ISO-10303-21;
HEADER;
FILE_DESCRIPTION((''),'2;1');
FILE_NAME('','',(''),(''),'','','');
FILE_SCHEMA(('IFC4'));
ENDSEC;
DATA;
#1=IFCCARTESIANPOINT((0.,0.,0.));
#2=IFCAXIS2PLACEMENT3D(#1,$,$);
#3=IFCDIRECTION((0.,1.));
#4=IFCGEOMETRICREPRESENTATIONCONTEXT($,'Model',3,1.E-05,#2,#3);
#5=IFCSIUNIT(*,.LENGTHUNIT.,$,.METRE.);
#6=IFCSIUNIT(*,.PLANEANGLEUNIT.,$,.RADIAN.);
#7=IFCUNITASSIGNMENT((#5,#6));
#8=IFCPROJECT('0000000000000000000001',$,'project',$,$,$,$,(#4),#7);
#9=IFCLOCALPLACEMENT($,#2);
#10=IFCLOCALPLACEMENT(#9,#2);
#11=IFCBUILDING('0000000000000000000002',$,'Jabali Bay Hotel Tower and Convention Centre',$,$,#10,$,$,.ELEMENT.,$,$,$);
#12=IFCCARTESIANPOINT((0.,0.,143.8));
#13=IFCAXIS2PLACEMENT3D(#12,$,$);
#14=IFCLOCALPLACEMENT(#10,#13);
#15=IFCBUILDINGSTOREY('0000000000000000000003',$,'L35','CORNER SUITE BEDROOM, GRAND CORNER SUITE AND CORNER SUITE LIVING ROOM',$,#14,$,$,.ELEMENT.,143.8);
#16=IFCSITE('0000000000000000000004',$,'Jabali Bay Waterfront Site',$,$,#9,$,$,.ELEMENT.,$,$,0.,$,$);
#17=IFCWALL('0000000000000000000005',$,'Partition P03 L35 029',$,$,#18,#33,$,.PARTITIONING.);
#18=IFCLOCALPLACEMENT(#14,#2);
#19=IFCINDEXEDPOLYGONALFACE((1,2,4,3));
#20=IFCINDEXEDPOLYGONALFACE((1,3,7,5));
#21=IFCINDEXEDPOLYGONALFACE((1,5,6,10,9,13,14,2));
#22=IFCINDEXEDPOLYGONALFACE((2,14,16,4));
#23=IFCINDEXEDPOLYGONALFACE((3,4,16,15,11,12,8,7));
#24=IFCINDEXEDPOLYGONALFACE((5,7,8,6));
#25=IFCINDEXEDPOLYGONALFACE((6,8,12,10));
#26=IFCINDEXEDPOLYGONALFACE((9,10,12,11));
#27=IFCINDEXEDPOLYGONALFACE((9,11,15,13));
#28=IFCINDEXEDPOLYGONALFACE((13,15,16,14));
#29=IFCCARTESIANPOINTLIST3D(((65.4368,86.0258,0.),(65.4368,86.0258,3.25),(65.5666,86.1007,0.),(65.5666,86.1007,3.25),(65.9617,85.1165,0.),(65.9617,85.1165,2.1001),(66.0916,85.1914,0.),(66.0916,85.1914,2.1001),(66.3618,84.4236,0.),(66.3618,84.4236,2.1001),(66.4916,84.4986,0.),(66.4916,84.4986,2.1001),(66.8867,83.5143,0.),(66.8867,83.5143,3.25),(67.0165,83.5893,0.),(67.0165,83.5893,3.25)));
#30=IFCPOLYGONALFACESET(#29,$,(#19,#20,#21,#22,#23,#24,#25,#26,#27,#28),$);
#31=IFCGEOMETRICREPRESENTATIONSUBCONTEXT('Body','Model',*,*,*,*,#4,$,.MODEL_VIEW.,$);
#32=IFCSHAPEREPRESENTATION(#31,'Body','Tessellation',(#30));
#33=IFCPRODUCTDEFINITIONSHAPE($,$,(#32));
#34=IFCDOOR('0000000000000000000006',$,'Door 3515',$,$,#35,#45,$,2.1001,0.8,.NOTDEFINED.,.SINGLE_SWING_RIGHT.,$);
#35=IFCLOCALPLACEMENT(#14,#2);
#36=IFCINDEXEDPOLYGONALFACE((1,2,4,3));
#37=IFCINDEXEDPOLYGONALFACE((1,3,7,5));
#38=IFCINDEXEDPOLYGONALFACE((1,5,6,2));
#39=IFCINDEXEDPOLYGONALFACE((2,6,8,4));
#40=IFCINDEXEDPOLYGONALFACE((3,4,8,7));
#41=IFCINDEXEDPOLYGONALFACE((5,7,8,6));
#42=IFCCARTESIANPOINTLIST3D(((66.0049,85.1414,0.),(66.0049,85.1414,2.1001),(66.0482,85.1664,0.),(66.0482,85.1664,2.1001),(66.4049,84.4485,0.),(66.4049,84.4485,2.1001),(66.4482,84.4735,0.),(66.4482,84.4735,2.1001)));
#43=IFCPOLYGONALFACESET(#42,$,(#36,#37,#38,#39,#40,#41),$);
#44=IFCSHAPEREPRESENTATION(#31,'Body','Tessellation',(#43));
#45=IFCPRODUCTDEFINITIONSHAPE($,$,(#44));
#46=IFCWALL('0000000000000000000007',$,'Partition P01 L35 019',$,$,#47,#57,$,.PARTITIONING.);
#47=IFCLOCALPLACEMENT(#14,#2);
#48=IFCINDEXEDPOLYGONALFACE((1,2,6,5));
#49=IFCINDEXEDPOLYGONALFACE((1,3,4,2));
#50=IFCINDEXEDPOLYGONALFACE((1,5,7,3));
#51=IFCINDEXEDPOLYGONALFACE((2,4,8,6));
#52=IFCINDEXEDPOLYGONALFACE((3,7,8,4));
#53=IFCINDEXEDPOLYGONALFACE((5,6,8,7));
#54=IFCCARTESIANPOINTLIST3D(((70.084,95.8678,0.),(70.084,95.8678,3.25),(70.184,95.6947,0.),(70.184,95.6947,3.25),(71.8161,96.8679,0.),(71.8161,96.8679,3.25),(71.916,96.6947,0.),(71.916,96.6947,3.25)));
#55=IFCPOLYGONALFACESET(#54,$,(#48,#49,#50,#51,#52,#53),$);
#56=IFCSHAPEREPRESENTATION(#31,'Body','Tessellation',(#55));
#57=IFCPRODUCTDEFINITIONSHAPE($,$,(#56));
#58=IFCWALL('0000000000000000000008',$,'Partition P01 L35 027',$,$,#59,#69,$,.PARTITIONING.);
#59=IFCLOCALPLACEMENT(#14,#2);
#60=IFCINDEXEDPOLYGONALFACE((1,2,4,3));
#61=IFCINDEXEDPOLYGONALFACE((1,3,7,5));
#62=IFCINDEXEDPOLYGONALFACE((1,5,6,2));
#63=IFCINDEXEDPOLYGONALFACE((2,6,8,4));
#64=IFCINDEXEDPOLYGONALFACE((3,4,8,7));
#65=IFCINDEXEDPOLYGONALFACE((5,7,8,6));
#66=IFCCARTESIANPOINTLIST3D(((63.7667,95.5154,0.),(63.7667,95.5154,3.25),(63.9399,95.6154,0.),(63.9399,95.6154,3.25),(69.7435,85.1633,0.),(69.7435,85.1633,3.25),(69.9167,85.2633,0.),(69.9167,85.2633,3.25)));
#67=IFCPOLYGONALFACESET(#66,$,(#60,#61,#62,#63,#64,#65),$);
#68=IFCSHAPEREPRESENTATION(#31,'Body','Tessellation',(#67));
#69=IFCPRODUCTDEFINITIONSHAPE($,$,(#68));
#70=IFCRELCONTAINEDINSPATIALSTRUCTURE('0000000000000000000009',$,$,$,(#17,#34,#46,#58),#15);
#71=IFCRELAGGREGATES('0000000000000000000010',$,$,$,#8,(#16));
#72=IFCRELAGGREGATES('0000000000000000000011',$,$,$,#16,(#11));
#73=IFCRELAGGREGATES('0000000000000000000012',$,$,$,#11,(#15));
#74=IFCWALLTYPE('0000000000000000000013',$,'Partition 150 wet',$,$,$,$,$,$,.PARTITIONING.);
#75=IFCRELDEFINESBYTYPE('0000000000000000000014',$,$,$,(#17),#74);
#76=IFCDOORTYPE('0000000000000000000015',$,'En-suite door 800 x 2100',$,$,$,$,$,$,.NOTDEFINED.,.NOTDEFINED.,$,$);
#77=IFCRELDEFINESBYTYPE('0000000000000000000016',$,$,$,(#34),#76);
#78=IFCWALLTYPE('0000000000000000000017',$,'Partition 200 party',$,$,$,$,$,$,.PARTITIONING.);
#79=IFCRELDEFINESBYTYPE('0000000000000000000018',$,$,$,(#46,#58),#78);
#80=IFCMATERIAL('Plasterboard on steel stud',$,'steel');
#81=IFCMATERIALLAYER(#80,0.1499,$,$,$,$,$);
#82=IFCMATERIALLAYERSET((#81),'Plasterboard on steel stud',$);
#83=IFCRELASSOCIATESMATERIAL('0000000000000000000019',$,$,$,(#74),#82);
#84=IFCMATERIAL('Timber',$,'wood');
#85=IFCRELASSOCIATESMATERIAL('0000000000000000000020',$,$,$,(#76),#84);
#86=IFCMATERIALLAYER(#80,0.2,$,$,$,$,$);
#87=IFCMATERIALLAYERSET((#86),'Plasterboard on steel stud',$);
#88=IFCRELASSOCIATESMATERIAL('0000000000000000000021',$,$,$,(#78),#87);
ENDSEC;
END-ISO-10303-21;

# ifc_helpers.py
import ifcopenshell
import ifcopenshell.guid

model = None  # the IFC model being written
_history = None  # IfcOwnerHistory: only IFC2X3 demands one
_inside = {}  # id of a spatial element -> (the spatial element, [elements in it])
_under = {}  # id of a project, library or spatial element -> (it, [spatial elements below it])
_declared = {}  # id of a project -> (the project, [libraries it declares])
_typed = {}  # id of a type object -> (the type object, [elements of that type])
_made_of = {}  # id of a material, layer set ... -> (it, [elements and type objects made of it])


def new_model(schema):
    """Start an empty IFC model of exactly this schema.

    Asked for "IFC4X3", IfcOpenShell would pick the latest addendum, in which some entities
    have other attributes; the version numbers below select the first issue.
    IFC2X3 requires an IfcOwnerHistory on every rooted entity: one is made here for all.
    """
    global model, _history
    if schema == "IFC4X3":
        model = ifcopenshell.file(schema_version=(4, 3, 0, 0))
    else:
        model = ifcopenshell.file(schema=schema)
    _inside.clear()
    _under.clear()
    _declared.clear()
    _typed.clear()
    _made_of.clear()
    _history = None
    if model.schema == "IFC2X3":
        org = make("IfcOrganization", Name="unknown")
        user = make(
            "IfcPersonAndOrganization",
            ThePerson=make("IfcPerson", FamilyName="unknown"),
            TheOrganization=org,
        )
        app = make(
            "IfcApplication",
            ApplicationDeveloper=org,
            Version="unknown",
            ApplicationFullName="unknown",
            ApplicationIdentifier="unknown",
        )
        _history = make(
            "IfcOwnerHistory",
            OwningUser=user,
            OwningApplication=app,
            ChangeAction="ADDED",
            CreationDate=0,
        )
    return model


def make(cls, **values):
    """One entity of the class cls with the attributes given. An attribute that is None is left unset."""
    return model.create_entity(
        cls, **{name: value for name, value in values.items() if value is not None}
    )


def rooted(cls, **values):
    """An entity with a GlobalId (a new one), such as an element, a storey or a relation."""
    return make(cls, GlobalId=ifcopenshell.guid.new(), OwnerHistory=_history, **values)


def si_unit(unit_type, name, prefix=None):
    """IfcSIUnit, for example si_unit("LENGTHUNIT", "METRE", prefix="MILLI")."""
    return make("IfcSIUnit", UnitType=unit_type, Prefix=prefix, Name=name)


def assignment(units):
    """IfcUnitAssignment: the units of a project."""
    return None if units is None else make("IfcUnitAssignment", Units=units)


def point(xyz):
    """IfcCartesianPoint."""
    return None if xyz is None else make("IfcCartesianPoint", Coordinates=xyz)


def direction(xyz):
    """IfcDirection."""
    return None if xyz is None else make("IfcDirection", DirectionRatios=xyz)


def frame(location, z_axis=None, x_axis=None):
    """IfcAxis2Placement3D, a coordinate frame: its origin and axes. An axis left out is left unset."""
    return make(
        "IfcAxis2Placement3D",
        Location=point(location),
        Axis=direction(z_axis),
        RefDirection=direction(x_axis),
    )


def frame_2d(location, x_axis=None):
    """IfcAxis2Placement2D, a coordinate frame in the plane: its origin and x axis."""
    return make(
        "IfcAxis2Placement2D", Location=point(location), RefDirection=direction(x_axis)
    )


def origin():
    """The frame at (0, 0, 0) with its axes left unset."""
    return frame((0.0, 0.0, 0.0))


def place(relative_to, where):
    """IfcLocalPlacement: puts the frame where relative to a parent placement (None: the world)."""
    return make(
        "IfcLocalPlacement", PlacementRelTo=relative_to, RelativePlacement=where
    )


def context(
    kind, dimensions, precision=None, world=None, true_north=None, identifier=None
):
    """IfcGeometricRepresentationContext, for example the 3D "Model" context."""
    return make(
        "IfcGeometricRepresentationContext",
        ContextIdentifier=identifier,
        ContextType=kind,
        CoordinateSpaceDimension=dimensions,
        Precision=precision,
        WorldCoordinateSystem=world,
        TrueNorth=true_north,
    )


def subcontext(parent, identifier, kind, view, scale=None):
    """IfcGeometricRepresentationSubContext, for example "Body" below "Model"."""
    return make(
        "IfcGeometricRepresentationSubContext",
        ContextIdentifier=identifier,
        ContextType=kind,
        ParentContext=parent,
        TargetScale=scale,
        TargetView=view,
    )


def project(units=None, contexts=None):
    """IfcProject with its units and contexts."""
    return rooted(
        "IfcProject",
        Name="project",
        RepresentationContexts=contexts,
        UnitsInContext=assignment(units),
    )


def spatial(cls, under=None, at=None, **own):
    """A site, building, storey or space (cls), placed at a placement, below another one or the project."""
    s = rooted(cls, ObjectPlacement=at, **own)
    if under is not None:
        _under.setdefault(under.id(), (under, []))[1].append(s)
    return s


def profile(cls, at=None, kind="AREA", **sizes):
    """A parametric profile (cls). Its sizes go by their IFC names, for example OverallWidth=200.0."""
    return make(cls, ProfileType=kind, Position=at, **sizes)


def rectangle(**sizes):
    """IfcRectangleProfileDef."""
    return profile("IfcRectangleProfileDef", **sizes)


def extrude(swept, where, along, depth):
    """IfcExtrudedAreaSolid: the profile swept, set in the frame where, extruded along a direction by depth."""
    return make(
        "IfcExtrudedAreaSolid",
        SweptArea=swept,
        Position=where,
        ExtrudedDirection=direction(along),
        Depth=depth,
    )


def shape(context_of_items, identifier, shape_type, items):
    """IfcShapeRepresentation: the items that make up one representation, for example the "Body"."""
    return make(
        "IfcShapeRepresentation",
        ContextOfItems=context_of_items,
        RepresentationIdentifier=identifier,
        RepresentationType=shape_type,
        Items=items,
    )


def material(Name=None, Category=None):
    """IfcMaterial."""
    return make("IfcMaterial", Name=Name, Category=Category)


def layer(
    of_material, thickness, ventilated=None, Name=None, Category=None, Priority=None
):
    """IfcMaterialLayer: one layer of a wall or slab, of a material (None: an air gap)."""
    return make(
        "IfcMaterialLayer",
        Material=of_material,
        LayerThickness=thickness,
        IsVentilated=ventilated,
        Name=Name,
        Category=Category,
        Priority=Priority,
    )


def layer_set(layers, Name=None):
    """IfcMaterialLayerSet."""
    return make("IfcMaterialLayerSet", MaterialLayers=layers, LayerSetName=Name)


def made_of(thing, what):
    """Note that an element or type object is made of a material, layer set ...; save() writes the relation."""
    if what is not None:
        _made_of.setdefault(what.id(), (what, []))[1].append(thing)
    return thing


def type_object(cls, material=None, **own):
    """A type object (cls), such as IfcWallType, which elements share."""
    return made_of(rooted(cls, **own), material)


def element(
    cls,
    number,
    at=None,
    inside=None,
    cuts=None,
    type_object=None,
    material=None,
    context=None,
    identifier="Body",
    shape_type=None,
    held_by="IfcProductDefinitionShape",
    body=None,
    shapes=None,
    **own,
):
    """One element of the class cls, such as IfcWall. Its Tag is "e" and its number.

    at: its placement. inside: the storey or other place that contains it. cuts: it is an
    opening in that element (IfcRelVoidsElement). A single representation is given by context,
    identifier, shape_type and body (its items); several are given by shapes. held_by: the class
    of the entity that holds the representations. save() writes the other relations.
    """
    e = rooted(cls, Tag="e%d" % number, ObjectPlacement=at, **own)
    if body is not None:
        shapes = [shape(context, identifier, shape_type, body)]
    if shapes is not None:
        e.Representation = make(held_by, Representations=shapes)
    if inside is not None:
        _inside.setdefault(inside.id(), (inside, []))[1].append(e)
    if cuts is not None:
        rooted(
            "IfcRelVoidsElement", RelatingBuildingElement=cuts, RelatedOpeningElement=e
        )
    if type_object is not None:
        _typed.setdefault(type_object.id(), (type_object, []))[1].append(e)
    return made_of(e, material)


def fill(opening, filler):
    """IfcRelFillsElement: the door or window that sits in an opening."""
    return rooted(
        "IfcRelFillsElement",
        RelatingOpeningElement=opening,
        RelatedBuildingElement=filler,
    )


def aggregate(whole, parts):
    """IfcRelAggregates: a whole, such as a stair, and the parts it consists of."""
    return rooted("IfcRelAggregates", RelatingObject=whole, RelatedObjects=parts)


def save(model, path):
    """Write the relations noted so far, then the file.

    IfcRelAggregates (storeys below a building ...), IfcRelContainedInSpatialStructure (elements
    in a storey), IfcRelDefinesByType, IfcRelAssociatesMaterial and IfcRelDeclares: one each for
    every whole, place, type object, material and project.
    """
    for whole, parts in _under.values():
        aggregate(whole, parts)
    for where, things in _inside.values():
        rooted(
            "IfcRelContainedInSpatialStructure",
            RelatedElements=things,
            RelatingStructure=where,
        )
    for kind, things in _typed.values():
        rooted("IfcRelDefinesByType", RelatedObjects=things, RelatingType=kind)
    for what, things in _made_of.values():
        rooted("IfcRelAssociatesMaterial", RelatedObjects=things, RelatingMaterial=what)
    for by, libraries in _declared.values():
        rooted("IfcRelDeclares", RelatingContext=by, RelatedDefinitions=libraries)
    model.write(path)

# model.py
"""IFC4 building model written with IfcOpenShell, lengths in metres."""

from ifc_helpers import new_model, si_unit, direction, frame, frame_2d, origin, place, context, subcontext, project, spatial, rectangle, extrude, material, layer, layer_set, type_object, element, fill, save


model = new_model("IFC4")

# Units and contexts
model_context = context("Model", 3, precision=1e-05, world=origin(), true_north=direction((0.0, 1.0)))
body_context = subcontext(model_context, "Body", "Model", "MODEL_VIEW")
ifc_project = project(units=[si_unit("LENGTHUNIT", "METRE"), si_unit("PLANEANGLEUNIT", "RADIAN")], contexts=[model_context])

# Site, building, storey
site_placement = place(None, origin())
site = spatial("IfcSite", under=ifc_project, at=site_placement, Name="Jabali Bay Waterfront Site", CompositionType="ELEMENT", RefElevation=0.0)
building_placement = place(site_placement, origin())
building = spatial("IfcBuilding", under=site, at=building_placement, Name="Jabali Bay Hotel Tower and Convention Centre", CompositionType="ELEMENT")
storey_placement = place(building_placement, frame((0.0, 0.0, 143.8)))
storey = spatial("IfcBuildingStorey", under=building, at=storey_placement, Name="L35", Description="CORNER SUITE BEDROOM, GRAND CORNER SUITE AND CORNER SUITE LIVING ROOM", CompositionType="ELEMENT", Elevation=143.8)

# Shared definitions
ifc_material_1 = material(Name="Plasterboard on steel stud", Category="steel")
ifc_layer_1 = layer(ifc_material_1, 0.1499)
ifc_layer_set_1 = layer_set([ifc_layer_1], Name="Plasterboard on steel stud")
wall_type_1 = type_object("IfcWallType", Name="Partition 150 wet", PredefinedType="PARTITIONING", material=ifc_layer_set_1)

# Wall, opening, door
wall_1_placement = place(storey_placement, frame((65.5017, 86.0632, 0.0), z_axis=(0.0, 0.0, 1.0), x_axis=(0.499987, -0.866033, 0.0)))
wall_1 = element("IfcWall", 1, at=wall_1_placement, inside=storey, type_object=wall_type_1, Name="Partition P03 L35 029", PredefinedType="PARTITIONING", context=body_context, shape_type="SweptSolid", body=[
    extrude(rectangle(XDim=2.8999, YDim=0.1499, at=frame_2d((1.45, 0.0))), origin(), (0.0, 0.0, 1.0), 3.25),
])
opening_1_placement = place(wall_1_placement, frame((1.05, 0.0, 0.0)))
opening_1 = element("IfcOpeningElement", 2, at=opening_1_placement, cuts=wall_1, PredefinedType="OPENING", context=body_context, shape_type="SweptSolid", body=[
    extrude(rectangle(XDim=0.8, YDim=2.1001, at=frame_2d((0.3999, 1.05))), frame((0.0, 0.0854, 0.0), z_axis=(0.0, -1.0, 0.0), x_axis=(1.0, 0.0, 0.0)), (0.0, 0.0, 1.0), 0.1709),
])
ifc_material_2 = material(Name="Timber", Category="wood")
door_type_1 = type_object("IfcDoorType", Name="En-suite door 800 x 2100", OperationType="NOTDEFINED", PredefinedType="NOTDEFINED", material=ifc_material_2)
door_1_placement = place(opening_1_placement, origin())
door_1 = element("IfcDoor", 3, at=door_1_placement, inside=storey, type_object=door_type_1, Name="Door 3515", OperationType="SINGLE_SWING_RIGHT", OverallHeight=2.1001, OverallWidth=0.8, PredefinedType="NOTDEFINED", context=body_context, shape_type="SweptSolid", body=[
    extrude(rectangle(XDim=0.8, YDim=2.1001, at=frame_2d((0.3999, 1.05))), frame((0.0, 0.0249, 0.0), z_axis=(0.0, -1.0, 0.0), x_axis=(1.0, 0.0, 0.0)), (0.0, 0.0, 1.0), 0.05),
])
fill(opening_1, door_1)

# Walls
ifc_layer_2 = layer(ifc_material_1, 0.2)
ifc_layer_set_2 = layer_set([ifc_layer_2], Name="Plasterboard on steel stud")
wall_type_2 = type_object("IfcWallType", Name="Partition 200 party", PredefinedType="PARTITIONING", material=ifc_layer_set_2)
wall_2_placement = place(storey_placement, frame((70.134, 95.7812, 0.0), z_axis=(0.0, 0.0, 1.0), x_axis=(0.866011, 0.500025, 0.0)))
element("IfcWall", 4, at=wall_2_placement, inside=storey, type_object=wall_type_2, Name="Partition P01 L35 019", PredefinedType="PARTITIONING", context=body_context, shape_type="SweptSolid", body=[
    extrude(rectangle(XDim=2.0, YDim=0.2, at=frame_2d((1.0, 0.0))), origin(), (0.0, 0.0, 1.0), 3.25),
])
wall_3_placement = place(storey_placement, frame((63.8533, 95.5654, 0.0), z_axis=(0.0, 0.0, 1.0), x_axis=(0.500003, -0.866024, 0.0)))
element("IfcWall", 5, at=wall_3_placement, inside=storey, type_object=wall_type_2, Name="Partition P01 L35 027", PredefinedType="PARTITIONING", context=body_context, shape_type="SweptSolid", body=[
    extrude(rectangle(XDim=11.9536, YDim=0.2, at=frame_2d((5.9768, 0.0))), origin(), (0.0, 0.0, 1.0), 3.25),
])

save(model, "model.ifc")
